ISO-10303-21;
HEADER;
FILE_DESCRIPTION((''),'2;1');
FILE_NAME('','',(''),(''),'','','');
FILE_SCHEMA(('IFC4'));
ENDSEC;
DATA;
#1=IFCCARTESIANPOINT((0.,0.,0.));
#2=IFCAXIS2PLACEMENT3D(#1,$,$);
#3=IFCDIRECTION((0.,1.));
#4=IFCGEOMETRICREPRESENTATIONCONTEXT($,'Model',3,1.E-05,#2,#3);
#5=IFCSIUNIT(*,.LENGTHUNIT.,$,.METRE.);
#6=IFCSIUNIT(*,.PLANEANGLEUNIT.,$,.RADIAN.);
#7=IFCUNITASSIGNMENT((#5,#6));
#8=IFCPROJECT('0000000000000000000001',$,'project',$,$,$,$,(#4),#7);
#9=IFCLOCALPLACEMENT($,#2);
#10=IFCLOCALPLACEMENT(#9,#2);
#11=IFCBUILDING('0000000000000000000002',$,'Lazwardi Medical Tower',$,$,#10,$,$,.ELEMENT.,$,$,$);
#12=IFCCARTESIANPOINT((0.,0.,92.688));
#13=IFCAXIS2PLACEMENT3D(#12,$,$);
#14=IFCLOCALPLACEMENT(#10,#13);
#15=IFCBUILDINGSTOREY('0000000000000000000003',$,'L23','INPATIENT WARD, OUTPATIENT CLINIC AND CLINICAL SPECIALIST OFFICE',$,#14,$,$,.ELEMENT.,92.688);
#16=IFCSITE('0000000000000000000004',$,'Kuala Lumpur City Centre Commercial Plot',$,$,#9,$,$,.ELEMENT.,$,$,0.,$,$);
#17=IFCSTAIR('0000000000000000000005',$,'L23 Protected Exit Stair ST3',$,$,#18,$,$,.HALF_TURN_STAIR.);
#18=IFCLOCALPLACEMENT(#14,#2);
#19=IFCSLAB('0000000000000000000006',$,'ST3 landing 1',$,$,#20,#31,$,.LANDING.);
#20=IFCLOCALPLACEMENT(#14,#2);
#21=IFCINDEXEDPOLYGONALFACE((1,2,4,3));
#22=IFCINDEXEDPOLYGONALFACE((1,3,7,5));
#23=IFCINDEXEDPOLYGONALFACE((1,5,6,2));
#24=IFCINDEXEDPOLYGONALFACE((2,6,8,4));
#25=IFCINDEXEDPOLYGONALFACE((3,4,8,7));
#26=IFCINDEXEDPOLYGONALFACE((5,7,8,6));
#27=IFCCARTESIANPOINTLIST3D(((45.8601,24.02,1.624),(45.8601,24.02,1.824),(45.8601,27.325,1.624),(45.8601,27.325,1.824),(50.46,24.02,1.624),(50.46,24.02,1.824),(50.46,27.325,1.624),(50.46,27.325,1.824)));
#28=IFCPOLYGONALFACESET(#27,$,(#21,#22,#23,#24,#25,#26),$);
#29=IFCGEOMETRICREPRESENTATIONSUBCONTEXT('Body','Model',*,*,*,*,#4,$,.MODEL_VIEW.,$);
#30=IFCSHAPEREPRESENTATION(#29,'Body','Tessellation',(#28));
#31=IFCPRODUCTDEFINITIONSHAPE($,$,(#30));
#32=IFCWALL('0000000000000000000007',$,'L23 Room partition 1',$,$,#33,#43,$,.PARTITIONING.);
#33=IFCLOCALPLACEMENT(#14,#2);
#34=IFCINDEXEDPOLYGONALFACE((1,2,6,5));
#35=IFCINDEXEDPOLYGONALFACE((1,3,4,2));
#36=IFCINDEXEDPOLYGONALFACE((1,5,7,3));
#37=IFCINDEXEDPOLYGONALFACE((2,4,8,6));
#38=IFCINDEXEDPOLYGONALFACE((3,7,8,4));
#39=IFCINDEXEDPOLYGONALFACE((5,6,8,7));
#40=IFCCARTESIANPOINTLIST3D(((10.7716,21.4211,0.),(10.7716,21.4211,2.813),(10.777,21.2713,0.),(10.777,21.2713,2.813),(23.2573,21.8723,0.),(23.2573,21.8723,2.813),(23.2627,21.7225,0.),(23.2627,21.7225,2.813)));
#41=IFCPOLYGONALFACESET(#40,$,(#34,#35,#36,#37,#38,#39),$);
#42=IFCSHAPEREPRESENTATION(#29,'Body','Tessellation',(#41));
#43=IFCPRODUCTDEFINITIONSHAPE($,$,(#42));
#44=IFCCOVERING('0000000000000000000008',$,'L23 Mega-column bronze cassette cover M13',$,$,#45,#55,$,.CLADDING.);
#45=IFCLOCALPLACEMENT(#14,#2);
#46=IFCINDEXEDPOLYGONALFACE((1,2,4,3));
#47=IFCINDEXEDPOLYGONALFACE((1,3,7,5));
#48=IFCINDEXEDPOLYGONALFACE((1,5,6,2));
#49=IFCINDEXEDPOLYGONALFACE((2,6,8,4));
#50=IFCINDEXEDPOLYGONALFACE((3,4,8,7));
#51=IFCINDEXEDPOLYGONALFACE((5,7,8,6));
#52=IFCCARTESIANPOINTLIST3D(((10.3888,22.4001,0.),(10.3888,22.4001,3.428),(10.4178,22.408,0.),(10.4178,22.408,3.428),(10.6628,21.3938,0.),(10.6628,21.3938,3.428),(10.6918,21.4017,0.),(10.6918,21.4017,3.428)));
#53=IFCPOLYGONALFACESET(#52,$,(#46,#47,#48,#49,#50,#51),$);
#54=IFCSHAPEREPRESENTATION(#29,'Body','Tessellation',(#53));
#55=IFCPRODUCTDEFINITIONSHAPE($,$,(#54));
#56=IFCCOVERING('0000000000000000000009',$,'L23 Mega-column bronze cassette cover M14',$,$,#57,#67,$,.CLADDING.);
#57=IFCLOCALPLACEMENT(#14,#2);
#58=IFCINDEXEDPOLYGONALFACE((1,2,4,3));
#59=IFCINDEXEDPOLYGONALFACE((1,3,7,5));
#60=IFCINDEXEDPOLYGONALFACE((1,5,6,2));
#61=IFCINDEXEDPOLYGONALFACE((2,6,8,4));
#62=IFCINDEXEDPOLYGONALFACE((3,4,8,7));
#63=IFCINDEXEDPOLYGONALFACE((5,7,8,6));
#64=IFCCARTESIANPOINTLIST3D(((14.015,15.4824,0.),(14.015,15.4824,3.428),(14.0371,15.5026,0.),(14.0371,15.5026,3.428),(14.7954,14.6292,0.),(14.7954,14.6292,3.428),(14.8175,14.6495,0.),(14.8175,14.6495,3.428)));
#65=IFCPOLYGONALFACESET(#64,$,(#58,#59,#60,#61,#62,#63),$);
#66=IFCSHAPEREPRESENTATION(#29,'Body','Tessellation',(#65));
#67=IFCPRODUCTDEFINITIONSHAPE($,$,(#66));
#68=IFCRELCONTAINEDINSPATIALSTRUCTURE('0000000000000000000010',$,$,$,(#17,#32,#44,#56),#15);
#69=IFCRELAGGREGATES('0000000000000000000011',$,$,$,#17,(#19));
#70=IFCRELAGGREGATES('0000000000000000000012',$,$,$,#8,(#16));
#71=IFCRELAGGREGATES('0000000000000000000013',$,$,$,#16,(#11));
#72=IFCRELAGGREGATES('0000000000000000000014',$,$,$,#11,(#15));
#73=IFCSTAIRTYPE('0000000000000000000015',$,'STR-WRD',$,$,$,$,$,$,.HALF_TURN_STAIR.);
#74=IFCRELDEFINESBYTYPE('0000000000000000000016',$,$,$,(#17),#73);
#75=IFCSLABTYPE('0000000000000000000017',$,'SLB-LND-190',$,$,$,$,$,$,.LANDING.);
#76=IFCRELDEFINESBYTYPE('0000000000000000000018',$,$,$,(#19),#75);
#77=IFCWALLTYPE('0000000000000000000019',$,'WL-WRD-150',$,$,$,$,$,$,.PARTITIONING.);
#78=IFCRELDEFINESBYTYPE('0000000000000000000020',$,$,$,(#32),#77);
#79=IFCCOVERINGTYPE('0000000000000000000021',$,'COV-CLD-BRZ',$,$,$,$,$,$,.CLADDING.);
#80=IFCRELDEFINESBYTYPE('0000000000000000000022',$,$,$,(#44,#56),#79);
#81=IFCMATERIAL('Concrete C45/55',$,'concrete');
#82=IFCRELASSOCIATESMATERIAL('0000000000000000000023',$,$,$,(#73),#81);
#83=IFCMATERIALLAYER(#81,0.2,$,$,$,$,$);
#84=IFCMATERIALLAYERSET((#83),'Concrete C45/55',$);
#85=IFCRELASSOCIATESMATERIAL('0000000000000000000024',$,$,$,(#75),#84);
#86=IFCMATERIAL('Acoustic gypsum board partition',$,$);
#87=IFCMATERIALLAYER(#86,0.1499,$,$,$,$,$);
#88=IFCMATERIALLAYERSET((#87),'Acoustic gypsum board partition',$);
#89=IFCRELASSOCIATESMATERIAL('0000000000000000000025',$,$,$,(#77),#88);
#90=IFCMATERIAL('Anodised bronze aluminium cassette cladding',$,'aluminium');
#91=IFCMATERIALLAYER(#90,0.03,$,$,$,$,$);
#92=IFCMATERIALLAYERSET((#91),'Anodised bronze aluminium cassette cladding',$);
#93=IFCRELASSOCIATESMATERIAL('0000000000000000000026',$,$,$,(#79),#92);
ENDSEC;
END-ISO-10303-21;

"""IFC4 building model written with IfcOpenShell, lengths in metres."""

from ifc_helpers import new_model, si_unit, direction, frame, frame_2d, origin, origin_2d, place, context, subcontext, project, spatial, polyline, rectangle, outline, extrude, material, layer, layer_set, type_object, element, aggregate, save


model = new_model("IFC4")

# Units and contexts
model_context = context("Model", 3, precision=1e-05, world=origin(), true_north=direction((0.0, 1.0)))
body_context = subcontext(model_context, "Body", "Model", "MODEL_VIEW")
ifc_project = project(units=[si_unit("LENGTHUNIT", "METRE"), si_unit("PLANEANGLEUNIT", "RADIAN")], contexts=[model_context])

# Site, building, storey
site_placement = place(None, origin())
site = spatial("IfcSite", under=ifc_project, at=site_placement, Name="Kuala Lumpur City Centre Commercial Plot", CompositionType="ELEMENT", RefElevation=0.0)
building_placement = place(site_placement, origin())
building = spatial("IfcBuilding", under=site, at=building_placement, Name="Lazwardi Medical Tower", CompositionType="ELEMENT")
storey_placement = place(building_placement, frame((0.0, 0.0, 92.688)))
storey = spatial("IfcBuildingStorey", under=building, at=storey_placement, Name="L23", Description="INPATIENT WARD, OUTPATIENT CLINIC AND CLINICAL SPECIALIST OFFICE", CompositionType="ELEMENT", Elevation=92.688)

# Stair, slab
ifc_material_1 = material(Name="Concrete C45/55", Category="concrete")
stair_type = type_object("IfcStairType", Name="STR-WRD", PredefinedType="HALF_TURN_STAIR", material=ifc_material_1)
ifc_layer_1 = layer(ifc_material_1, 0.2)
ifc_layer_set_1 = layer_set([ifc_layer_1], Name="Concrete C45/55")
slab_type = type_object("IfcSlabType", Name="SLB-LND-190", PredefinedType="LANDING", material=ifc_layer_set_1)
stair_1_placement = place(storey_placement, origin())
stair_1 = element("IfcStair", 1, at=stair_1_placement, inside=storey, type_object=stair_type, Name="L23 Protected Exit Stair ST3", PredefinedType="HALF_TURN_STAIR")
slab_1_placement = place(storey_placement, frame((0.0, 0.0, 1.624)))
slab_1 = element("IfcSlab", 2, at=slab_1_placement, type_object=slab_type, Name="ST3 landing 1", PredefinedType="LANDING", context=body_context, shape_type="SweptSolid", body=[
    extrude(outline(polyline([(45.8601, 27.325), (45.8601, 24.02), (50.46, 24.02), (50.46, 27.325), (45.8601, 27.325)])), origin(), (0.0, 0.0, 1.0), 0.2),
])
aggregate(stair_1, [slab_1])

# Wall
ifc_material_2 = material(Name="Acoustic gypsum board partition")
ifc_layer_2 = layer(ifc_material_2, 0.1499)
ifc_layer_set_2 = layer_set([ifc_layer_2], Name="Acoustic gypsum board partition")
wall_type = type_object("IfcWallType", Name="WL-WRD-150", PredefinedType="PARTITIONING", material=ifc_layer_set_2)
wall_placement = place(storey_placement, frame((10.7742, 21.3462, 0.0), z_axis=(0.0, 0.0, 1.0), x_axis=(0.999348, 0.036111, 0.0)))
element("IfcWall", 3, at=wall_placement, inside=storey, type_object=wall_type, Name="L23 Room partition 1", PredefinedType="PARTITIONING", context=body_context, shape_type="SweptSolid", body=[
    extrude(rectangle(XDim=12.4939, YDim=0.1499, at=frame_2d((6.2471, 0.0))), origin(), (0.0, 0.0, 1.0), 2.813),
])

# Coverings
ifc_material_3 = material(Name="Anodised bronze aluminium cassette cladding", Category="aluminium")
ifc_layer_3 = layer(ifc_material_3, 0.03)
ifc_layer_set_3 = layer_set([ifc_layer_3], Name="Anodised bronze aluminium cassette cladding")
covering_type = type_object("IfcCoveringType", Name="COV-CLD-BRZ", PredefinedType="CLADDING", material=ifc_layer_set_3)
covering_1_placement = place(storey_placement, frame((10.5403, 21.9009, 0.0), z_axis=(0.0, 0.0, 1.0), x_axis=(0.262696, -0.964879, 0.0)))
element("IfcCovering", 4, at=covering_1_placement, inside=storey, type_object=covering_type, Name="L23 Mega-column bronze cassette cover M13", PredefinedType="CLADDING", context=body_context, shape_type="SweptSolid", body=[
    extrude(rectangle(XDim=1.043, YDim=0.03, at=origin_2d()), origin(), (0.0, 0.0, 1.0), 3.428),
])
covering_2_placement = place(storey_placement, frame((14.4163, 15.0659, 0.0), z_axis=(0.0, 0.0, 1.0), x_axis=(0.674926, -0.737885, 0.0)))
element("IfcCovering", 5, at=covering_2_placement, inside=storey, type_object=covering_type, Name="L23 Mega-column bronze cassette cover M14", PredefinedType="CLADDING", context=body_context, shape_type="SweptSolid", body=[
    extrude(rectangle(XDim=1.1562, YDim=0.03, at=origin_2d()), origin(), (0.0, 0.0, 1.0), 3.428),
])

save(model, "model.ifc")
